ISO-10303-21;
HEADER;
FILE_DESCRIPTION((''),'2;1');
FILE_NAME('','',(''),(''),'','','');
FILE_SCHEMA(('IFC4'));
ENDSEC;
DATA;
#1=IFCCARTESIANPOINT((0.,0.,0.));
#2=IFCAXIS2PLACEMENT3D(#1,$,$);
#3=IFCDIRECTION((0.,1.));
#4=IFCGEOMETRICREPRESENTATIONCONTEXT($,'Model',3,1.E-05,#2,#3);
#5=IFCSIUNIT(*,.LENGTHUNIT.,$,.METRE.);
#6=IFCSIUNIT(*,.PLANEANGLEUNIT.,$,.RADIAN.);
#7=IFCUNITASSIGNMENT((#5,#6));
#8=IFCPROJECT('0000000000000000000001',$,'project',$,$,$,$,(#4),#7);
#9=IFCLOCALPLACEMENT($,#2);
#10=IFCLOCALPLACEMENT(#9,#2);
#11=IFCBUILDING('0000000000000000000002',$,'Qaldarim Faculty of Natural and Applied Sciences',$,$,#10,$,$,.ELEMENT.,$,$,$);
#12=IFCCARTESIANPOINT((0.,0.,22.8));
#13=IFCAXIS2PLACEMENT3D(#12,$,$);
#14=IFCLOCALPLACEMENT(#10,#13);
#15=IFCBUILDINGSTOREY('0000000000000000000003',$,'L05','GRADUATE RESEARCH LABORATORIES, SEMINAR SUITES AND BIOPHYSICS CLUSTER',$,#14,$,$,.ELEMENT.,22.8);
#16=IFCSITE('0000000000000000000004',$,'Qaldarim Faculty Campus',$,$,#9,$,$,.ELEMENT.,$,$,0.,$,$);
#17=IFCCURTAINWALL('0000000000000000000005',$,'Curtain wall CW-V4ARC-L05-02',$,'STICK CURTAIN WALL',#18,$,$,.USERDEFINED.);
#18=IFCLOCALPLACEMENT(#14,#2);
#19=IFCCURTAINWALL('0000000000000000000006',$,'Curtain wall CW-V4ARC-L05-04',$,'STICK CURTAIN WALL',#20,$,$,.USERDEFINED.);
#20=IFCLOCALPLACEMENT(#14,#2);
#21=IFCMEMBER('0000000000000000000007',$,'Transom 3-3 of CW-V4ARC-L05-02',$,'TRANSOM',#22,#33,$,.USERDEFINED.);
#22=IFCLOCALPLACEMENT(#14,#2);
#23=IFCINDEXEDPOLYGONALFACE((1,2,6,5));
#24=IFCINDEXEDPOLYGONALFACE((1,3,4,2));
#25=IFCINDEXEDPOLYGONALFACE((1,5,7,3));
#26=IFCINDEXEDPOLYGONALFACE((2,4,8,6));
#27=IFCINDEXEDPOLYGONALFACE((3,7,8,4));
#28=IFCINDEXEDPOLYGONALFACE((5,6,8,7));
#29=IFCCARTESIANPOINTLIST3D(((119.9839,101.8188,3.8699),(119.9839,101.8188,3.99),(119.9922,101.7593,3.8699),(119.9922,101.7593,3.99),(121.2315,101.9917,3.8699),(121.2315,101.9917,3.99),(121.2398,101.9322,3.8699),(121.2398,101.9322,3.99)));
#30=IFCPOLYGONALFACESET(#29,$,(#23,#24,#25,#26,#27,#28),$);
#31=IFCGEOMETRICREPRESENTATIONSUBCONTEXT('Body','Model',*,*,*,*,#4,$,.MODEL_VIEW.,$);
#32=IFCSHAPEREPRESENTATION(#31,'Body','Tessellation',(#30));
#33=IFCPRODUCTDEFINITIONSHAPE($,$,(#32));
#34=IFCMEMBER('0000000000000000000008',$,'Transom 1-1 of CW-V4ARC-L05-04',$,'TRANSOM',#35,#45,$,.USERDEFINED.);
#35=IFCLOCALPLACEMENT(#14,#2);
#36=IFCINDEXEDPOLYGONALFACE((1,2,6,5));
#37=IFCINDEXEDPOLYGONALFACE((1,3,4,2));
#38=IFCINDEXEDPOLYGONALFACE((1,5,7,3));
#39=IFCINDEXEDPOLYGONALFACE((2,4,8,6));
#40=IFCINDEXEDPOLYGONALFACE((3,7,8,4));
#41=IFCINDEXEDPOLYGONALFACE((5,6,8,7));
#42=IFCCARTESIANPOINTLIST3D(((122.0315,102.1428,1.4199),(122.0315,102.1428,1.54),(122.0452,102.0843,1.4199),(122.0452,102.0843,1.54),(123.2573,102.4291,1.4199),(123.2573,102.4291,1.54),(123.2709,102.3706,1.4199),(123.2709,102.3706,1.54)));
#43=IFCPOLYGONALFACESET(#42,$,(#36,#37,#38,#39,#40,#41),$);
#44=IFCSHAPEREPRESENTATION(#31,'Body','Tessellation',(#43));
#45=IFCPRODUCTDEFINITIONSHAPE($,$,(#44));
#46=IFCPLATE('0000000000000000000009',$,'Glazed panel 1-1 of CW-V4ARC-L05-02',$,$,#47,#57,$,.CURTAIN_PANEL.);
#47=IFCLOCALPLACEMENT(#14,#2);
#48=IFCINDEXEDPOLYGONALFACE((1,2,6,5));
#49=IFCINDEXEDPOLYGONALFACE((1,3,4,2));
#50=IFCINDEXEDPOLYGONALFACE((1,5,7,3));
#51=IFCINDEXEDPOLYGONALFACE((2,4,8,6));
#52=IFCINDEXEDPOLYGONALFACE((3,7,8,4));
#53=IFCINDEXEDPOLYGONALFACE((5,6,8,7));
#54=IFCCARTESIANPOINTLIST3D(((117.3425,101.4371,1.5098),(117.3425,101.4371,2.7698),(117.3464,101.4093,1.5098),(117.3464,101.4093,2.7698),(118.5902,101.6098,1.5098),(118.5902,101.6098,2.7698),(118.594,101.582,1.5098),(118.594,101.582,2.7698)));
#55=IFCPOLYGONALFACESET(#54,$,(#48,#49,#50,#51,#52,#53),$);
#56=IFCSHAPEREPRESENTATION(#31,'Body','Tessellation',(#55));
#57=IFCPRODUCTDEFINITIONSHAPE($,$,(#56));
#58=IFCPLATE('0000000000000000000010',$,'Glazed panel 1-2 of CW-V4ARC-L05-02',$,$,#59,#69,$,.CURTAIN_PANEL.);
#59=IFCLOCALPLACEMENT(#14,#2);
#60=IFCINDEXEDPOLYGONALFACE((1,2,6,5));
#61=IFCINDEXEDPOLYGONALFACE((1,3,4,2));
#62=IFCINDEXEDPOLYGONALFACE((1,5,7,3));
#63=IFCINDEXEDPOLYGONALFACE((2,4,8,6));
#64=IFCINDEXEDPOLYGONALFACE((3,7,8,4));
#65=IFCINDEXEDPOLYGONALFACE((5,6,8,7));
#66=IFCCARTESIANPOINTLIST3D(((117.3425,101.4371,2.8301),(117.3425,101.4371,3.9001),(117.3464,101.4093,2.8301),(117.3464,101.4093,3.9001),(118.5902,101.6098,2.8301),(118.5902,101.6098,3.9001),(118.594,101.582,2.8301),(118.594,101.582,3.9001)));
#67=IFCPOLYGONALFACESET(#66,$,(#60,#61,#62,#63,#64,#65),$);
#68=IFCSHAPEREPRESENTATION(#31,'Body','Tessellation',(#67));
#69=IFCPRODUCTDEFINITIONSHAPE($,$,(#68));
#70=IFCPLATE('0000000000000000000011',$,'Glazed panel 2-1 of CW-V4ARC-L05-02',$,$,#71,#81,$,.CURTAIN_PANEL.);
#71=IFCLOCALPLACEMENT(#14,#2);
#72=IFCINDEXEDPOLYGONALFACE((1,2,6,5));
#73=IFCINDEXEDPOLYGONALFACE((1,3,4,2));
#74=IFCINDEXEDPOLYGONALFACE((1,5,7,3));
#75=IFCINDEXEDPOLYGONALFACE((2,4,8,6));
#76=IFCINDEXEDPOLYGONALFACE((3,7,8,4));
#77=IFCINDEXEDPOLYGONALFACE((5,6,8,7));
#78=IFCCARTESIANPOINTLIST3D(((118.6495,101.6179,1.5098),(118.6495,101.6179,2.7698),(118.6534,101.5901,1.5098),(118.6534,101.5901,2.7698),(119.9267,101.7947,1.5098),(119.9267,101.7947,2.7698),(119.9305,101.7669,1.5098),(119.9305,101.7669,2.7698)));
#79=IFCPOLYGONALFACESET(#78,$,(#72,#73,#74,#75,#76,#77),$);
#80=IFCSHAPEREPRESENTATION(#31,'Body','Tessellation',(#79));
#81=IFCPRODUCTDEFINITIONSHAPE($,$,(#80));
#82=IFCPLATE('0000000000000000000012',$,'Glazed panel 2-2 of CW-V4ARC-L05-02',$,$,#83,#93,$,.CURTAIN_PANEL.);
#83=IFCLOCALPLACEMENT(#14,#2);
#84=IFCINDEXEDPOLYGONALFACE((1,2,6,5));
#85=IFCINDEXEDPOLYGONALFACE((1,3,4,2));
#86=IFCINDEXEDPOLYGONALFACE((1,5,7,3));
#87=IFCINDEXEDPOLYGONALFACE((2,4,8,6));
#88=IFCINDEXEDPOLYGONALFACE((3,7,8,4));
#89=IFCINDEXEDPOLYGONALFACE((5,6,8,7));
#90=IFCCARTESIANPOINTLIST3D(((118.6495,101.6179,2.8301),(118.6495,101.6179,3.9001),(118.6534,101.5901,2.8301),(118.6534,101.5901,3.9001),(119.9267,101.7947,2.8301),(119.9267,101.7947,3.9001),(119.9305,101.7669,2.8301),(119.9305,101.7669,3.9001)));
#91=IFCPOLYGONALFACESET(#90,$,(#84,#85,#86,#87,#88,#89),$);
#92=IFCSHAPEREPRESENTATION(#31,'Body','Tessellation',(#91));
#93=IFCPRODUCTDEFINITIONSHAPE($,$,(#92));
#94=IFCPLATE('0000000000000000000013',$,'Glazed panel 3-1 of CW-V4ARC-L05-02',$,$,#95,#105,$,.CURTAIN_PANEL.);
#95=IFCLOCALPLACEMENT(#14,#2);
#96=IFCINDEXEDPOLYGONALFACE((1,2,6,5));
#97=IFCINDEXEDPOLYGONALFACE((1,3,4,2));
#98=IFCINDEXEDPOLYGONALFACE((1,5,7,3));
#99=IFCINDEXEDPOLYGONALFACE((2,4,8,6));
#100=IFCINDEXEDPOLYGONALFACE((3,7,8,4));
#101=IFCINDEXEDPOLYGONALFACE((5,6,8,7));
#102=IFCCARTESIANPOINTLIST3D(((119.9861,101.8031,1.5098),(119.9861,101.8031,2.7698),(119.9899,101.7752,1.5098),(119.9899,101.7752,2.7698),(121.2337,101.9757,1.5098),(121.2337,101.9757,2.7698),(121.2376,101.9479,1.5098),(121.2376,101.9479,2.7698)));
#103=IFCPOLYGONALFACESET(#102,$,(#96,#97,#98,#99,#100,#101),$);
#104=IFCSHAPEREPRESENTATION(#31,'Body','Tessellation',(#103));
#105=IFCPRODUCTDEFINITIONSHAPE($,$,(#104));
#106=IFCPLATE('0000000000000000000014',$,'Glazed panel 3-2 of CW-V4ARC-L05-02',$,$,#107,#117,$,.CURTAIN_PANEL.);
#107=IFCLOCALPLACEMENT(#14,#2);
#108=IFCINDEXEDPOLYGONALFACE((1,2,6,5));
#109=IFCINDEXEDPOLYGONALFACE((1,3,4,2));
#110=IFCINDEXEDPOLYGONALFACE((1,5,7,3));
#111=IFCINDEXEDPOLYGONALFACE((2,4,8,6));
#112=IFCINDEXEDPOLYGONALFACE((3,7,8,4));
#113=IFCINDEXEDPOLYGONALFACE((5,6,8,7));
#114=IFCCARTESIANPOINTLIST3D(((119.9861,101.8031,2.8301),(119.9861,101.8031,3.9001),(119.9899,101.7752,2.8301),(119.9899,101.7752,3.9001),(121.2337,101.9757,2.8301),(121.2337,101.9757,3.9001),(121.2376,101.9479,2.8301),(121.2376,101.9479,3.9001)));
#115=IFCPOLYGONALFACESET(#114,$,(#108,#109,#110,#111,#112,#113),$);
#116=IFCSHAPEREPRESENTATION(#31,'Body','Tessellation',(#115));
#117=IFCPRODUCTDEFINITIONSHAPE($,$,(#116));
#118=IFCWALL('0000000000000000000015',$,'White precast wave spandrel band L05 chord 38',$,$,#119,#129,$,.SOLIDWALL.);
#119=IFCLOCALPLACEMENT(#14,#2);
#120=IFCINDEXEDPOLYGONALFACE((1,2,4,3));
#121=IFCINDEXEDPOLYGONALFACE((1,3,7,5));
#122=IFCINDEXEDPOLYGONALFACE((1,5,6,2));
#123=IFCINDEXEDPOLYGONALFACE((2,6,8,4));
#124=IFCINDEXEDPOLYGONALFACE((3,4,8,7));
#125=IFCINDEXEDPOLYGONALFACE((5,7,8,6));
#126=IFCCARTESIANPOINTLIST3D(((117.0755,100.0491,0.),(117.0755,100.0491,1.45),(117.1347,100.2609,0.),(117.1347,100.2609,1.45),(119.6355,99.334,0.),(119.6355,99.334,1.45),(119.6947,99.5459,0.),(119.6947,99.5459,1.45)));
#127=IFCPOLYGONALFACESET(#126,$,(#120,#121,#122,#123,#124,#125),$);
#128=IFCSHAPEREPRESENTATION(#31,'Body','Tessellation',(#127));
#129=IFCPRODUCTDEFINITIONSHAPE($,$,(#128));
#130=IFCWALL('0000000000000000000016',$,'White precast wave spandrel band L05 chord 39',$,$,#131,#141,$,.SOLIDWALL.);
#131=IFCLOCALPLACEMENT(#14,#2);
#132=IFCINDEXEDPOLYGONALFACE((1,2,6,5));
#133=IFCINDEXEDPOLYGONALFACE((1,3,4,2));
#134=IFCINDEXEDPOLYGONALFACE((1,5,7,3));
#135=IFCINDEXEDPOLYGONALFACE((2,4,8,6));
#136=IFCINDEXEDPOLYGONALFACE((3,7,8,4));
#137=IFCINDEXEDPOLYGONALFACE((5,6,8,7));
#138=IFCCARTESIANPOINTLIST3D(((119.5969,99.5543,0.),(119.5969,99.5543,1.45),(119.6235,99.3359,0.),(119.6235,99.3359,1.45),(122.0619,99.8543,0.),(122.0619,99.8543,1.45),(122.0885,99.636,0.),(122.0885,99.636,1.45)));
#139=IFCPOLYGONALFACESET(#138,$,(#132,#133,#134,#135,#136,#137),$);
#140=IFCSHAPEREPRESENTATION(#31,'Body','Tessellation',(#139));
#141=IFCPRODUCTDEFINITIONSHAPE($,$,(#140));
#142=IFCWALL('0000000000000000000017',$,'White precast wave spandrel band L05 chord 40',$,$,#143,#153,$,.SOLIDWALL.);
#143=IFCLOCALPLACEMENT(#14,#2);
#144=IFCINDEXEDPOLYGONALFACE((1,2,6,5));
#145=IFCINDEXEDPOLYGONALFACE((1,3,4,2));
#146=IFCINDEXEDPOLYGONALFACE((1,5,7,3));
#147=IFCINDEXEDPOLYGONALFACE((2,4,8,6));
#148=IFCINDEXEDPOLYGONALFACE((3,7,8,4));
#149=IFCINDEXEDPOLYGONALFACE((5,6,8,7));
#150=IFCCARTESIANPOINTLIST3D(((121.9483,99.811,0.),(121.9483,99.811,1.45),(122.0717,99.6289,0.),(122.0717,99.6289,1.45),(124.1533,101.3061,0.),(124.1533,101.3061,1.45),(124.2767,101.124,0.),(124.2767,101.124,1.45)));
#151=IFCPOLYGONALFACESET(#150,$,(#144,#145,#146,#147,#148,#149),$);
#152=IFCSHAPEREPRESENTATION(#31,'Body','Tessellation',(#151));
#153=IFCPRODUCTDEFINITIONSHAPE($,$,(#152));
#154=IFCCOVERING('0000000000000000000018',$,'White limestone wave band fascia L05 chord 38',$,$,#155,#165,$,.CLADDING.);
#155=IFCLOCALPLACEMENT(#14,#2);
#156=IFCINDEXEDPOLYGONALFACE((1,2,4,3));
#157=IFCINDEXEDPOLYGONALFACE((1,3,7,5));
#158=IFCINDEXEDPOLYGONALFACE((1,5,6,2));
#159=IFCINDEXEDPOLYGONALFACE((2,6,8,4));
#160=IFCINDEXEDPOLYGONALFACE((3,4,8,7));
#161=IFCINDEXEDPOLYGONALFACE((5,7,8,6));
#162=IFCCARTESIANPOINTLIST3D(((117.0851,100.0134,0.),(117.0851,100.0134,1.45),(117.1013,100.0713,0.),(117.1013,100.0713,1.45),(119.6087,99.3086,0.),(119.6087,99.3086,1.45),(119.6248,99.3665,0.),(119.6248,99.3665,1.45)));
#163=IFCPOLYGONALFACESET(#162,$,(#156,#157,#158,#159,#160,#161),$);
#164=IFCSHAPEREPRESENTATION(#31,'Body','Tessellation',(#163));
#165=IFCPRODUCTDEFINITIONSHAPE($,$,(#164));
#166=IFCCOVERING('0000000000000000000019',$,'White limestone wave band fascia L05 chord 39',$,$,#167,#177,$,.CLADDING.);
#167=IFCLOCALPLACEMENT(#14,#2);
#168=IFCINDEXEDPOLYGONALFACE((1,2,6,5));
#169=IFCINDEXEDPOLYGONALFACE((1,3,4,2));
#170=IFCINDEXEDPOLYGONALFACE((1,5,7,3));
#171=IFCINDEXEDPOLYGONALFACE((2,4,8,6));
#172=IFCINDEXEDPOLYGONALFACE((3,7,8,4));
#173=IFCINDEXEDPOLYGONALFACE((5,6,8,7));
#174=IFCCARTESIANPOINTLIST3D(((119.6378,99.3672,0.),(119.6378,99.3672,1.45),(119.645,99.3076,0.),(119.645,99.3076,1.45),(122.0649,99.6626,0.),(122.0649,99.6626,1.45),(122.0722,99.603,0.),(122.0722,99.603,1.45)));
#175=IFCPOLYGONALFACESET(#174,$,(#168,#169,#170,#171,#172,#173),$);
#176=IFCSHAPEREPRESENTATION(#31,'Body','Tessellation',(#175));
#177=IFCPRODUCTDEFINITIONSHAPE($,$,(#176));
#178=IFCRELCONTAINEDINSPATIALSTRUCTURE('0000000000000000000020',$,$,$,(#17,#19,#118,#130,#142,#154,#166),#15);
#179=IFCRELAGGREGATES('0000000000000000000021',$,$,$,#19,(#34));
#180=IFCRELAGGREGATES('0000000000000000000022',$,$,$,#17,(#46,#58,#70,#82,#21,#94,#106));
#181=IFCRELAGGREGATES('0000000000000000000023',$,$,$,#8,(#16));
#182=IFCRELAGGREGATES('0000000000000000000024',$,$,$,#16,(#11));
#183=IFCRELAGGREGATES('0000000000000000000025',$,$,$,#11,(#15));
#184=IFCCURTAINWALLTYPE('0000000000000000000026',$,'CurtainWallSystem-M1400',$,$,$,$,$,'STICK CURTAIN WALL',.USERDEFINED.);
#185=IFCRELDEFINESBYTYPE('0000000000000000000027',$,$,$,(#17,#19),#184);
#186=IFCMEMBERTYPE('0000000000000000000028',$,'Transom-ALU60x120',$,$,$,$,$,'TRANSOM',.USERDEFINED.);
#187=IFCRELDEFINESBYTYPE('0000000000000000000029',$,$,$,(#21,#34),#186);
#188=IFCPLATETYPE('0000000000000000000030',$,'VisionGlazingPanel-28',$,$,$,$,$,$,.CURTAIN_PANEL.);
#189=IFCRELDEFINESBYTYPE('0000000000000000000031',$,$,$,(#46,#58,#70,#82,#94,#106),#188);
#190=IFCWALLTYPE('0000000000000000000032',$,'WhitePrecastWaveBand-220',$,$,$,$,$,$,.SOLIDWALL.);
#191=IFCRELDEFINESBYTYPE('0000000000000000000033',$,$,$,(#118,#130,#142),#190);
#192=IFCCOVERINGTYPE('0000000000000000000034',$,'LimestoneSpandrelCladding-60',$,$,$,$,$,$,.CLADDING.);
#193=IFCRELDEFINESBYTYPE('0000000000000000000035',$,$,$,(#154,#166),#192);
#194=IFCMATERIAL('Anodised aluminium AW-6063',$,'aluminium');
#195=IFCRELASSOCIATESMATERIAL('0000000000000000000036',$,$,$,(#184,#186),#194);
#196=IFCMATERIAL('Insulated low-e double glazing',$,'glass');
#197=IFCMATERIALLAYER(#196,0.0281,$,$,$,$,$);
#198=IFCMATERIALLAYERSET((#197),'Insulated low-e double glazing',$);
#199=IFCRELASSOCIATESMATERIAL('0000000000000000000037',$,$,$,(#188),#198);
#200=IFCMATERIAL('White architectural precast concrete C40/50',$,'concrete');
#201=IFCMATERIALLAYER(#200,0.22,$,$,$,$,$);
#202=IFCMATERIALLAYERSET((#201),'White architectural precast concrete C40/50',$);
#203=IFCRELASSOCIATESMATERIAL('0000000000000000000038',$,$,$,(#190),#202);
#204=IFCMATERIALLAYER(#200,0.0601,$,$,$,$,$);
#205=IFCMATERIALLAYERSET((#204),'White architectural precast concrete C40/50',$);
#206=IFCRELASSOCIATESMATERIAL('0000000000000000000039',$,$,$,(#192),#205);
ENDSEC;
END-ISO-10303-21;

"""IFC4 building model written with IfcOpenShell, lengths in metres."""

from ifc_helpers import new_model, si_unit, direction, frame, frame_2d, origin, origin_2d, place, context, subcontext, project, spatial, rectangle, extrude, material, layer, layer_set, material_profile, profile_set, type_object, element, aggregate, save


model = new_model("IFC4")

# Units and contexts
model_context = context("Model", 3, precision=1e-05, world=origin(), true_north=direction((0.0, 1.0)))
body_context = subcontext(model_context, "Body", "Model", "MODEL_VIEW")
ifc_project = project(units=[si_unit("LENGTHUNIT", "METRE"), si_unit("PLANEANGLEUNIT", "RADIAN")], contexts=[model_context])

# Site, building, storey
site_placement = place(None, origin())
site = spatial("IfcSite", under=ifc_project, at=site_placement, Name="Qaldarim Faculty Campus", CompositionType="ELEMENT", RefElevation=0.0)
building_placement = place(site_placement, origin())
building = spatial("IfcBuilding", under=site, at=building_placement, Name="Qaldarim Faculty of Natural and Applied Sciences", CompositionType="ELEMENT")
storey_placement = place(building_placement, frame((0.0, 0.0, 22.8)))
storey = spatial("IfcBuildingStorey", under=building, at=storey_placement, Name="L05", Description="GRADUATE RESEARCH LABORATORIES, SEMINAR SUITES AND BIOPHYSICS CLUSTER", CompositionType="ELEMENT", Elevation=22.8)

# Shared definitions
ifc_material_1 = material(Name="Anodised aluminium AW-6063", Category="aluminium")
curtain_wall_type = type_object("IfcCurtainWallType", Name="CurtainWallSystem-M1400", ElementType="STICK CURTAIN WALL", PredefinedType="USERDEFINED", material=ifc_material_1)

# Curtain wall
curtain_wall_1_placement = place(storey_placement, origin())
curtain_wall_1 = element("IfcCurtainWall", 1, at=curtain_wall_1_placement, inside=storey, type_object=curtain_wall_type, Name="Curtain wall CW-V4ARC-L05-02", ObjectType="STICK CURTAIN WALL", PredefinedType="USERDEFINED")

# Curtain wall
curtain_wall_2_placement = place(storey_placement, origin())
curtain_wall_2 = element("IfcCurtainWall", 2, at=curtain_wall_2_placement, inside=storey, type_object=curtain_wall_type, Name="Curtain wall CW-V4ARC-L05-04", ObjectType="STICK CURTAIN WALL", PredefinedType="USERDEFINED")

# Members
ifc_material_profile_1 = material_profile(ifc_material_1, rectangle(XDim=0.0601, YDim=0.1201, at=origin_2d()), Name="ALU-T60x120")
ifc_profile_set_1 = profile_set([ifc_material_profile_1], Name="Anodised aluminium AW-6063")
member_type_1 = type_object("IfcMemberType", Name="Transom-ALU60x120", ElementType="TRANSOM", PredefinedType="USERDEFINED", material=ifc_profile_set_1)
member_1_placement = place(storey_placement, frame((119.988, 101.7891, 3.9299), z_axis=(0.990538, 0.137241, 0.0), x_axis=(-0.137241, 0.990538, 0.0)))
member_1 = element("IfcMember", 3, at=member_1_placement, type_object=member_type_1, Name="Transom 3-3 of CW-V4ARC-L05-02", ObjectType="TRANSOM", PredefinedType="USERDEFINED", context=body_context, shape_type="SweptSolid", body=[
    extrude(rectangle(XDim=0.0601, YDim=0.1201, at=origin_2d()), origin(), (0.0, 0.0, 1.0), 1.2595),
])
member_2_placement = place(storey_placement, frame((122.0383, 102.1135, 1.48), z_axis=(0.97378, 0.227493, 0.0), x_axis=(-0.227493, 0.97378, 0.0)))
member_2 = element("IfcMember", 4, at=member_2_placement, type_object=member_type_1, Name="Transom 1-1 of CW-V4ARC-L05-04", ObjectType="TRANSOM", PredefinedType="USERDEFINED", context=body_context, shape_type="SweptSolid", body=[
    extrude(rectangle(XDim=0.0601, YDim=0.1201, at=origin_2d()), origin(), (0.0, 0.0, 1.0), 1.2588),
])
aggregate(curtain_wall_2, [member_2])

# Plates
ifc_material_2 = material(Name="Insulated low-e double glazing", Category="glass")
ifc_layer_1 = layer(ifc_material_2, 0.0281)
ifc_layer_set_1 = layer_set([ifc_layer_1], Name="Insulated low-e double glazing")
plate_type = type_object("IfcPlateType", Name="VisionGlazingPanel-28", PredefinedType="CURTAIN_PANEL", material=ifc_layer_set_1)
plate_1_placement = place(storey_placement, frame((117.9683, 101.5095, 1.5098), z_axis=(0.0, 0.0, 1.0), x_axis=(0.990557, 0.137099, 0.0)))
plate_1 = element("IfcPlate", 5, at=plate_1_placement, type_object=plate_type, Name="Glazed panel 1-1 of CW-V4ARC-L05-02", PredefinedType="CURTAIN_PANEL", context=body_context, shape_type="SweptSolid", body=[
    extrude(rectangle(XDim=1.2595, YDim=0.0281, at=origin_2d()), origin(), (0.0, 0.0, 1.0), 1.26),
])
plate_2_placement = place(storey_placement, frame((117.9683, 101.5095, 2.8301), z_axis=(0.0, 0.0, 1.0), x_axis=(0.990557, 0.137099, 0.0)))
plate_2 = element("IfcPlate", 6, at=plate_2_placement, type_object=plate_type, Name="Glazed panel 1-2 of CW-V4ARC-L05-02", PredefinedType="CURTAIN_PANEL", context=body_context, shape_type="SweptSolid", body=[
    extrude(rectangle(XDim=1.2595, YDim=0.0281, at=origin_2d()), origin(), (0.0, 0.0, 1.0), 1.0701),
])
plate_3_placement = place(storey_placement, frame((119.29, 101.6924, 1.5098), z_axis=(0.0, 0.0, 1.0), x_axis=(0.990557, 0.137099, 0.0)))
plate_3 = element("IfcPlate", 7, at=plate_3_placement, type_object=plate_type, Name="Glazed panel 2-1 of CW-V4ARC-L05-02", PredefinedType="CURTAIN_PANEL", context=body_context, shape_type="SweptSolid", body=[
    extrude(rectangle(XDim=1.2893, YDim=0.0281, at=origin_2d()), origin(), (0.0, 0.0, 1.0), 1.26),
])
plate_4_placement = place(storey_placement, frame((119.29, 101.6924, 2.8301), z_axis=(0.0, 0.0, 1.0), x_axis=(0.990557, 0.137099, 0.0)))
plate_4 = element("IfcPlate", 8, at=plate_4_placement, type_object=plate_type, Name="Glazed panel 2-2 of CW-V4ARC-L05-02", PredefinedType="CURTAIN_PANEL", context=body_context, shape_type="SweptSolid", body=[
    extrude(rectangle(XDim=1.2893, YDim=0.0281, at=origin_2d()), origin(), (0.0, 0.0, 1.0), 1.0701),
])
plate_5_placement = place(storey_placement, frame((120.6118, 101.8755, 1.5098), z_axis=(0.0, 0.0, 1.0), x_axis=(0.990557, 0.137099, 0.0)))
plate_5 = element("IfcPlate", 9, at=plate_5_placement, type_object=plate_type, Name="Glazed panel 3-1 of CW-V4ARC-L05-02", PredefinedType="CURTAIN_PANEL", context=body_context, shape_type="SweptSolid", body=[
    extrude(rectangle(XDim=1.2595, YDim=0.0281, at=origin_2d()), origin(), (0.0, 0.0, 1.0), 1.26),
])
plate_6_placement = place(storey_placement, frame((120.6118, 101.8755, 2.8301), z_axis=(0.0, 0.0, 1.0), x_axis=(0.990557, 0.137099, 0.0)))
plate_6 = element("IfcPlate", 10, at=plate_6_placement, type_object=plate_type, Name="Glazed panel 3-2 of CW-V4ARC-L05-02", PredefinedType="CURTAIN_PANEL", context=body_context, shape_type="SweptSolid", body=[
    extrude(rectangle(XDim=1.2595, YDim=0.0281, at=origin_2d()), origin(), (0.0, 0.0, 1.0), 1.0701),
])
aggregate(curtain_wall_1, [plate_1, plate_2, plate_3, plate_4, member_1, plate_5, plate_6])

# Walls
ifc_material_3 = material(Name="White architectural precast concrete C40/50", Category="concrete")
ifc_layer_2 = layer(ifc_material_3, 0.22)
ifc_layer_set_2 = layer_set([ifc_layer_2], Name="White architectural precast concrete C40/50")
wall_type = type_object("IfcWallType", Name="WhitePrecastWaveBand-220", PredefinedType="SOLIDWALL", material=ifc_layer_set_2)
wall_1_placement = place(storey_placement, frame((117.105, 100.155, 0.0), z_axis=(0.0, 0.0, 1.0), x_axis=(0.963133, -0.269027, 0.0)))
element("IfcWall", 11, at=wall_1_placement, inside=storey, type_object=wall_type, Name="White precast wave spandrel band L05 chord 38", PredefinedType="SOLIDWALL", context=body_context, shape_type="SweptSolid", body=[
    extrude(rectangle(XDim=2.658, YDim=0.22, at=frame_2d((1.3291, 0.0))), origin(), (0.0, 0.0, 1.0), 1.45),
])
wall_2_placement = place(storey_placement, frame((119.6101, 99.4451, 0.0), z_axis=(0.0, 0.0, 1.0), x_axis=(0.992672, 0.120839, 0.0)))
element("IfcWall", 12, at=wall_2_placement, inside=storey, type_object=wall_type, Name="White precast wave spandrel band L05 chord 39", PredefinedType="SOLIDWALL", context=body_context, shape_type="SweptSolid", body=[
    extrude(rectangle(XDim=2.4832, YDim=0.22, at=frame_2d((1.2417, 0.0))), origin(), (0.0, 0.0, 1.0), 1.45),
])
wall_3_placement = place(storey_placement, frame((122.01, 99.72, 0.0), z_axis=(0.0, 0.0, 1.0), x_axis=(0.827683, 0.561197, 0.0)))
element("IfcWall", 13, at=wall_3_placement, inside=storey, type_object=wall_type, Name="White precast wave spandrel band L05 chord 40", PredefinedType="SOLIDWALL", context=body_context, shape_type="SweptSolid", body=[
    extrude(rectangle(XDim=2.6641, YDim=0.22, at=frame_2d((1.332, 0.0))), origin(), (0.0, 0.0, 1.0), 1.45),
])

# Coverings
ifc_layer_3 = layer(ifc_material_3, 0.0601)
ifc_layer_set_3 = layer_set([ifc_layer_3], Name="White architectural precast concrete C40/50")
covering_type = type_object("IfcCoveringType", Name="LimestoneSpandrelCladding-60", PredefinedType="CLADDING", material=ifc_layer_set_3)
covering_1_placement = place(storey_placement, frame((118.355, 99.6899, 0.0), z_axis=(0.0, 0.0, 1.0), x_axis=(0.963139, -0.269004, 0.0)))
element("IfcCovering", 14, at=covering_1_placement, inside=storey, type_object=covering_type, Name="White limestone wave band fascia L05 chord 38", PredefinedType="CLADDING", context=body_context, shape_type="SweptSolid", body=[
    extrude(rectangle(XDim=2.6201, YDim=0.0601, at=origin_2d()), origin(), (0.0, 0.0, 1.0), 1.45),
])
covering_2_placement = place(storey_placement, frame((120.855, 99.4851, 0.0), z_axis=(0.0, 0.0, 1.0), x_axis=(0.992675, 0.120813, 0.0)))
element("IfcCovering", 15, at=covering_2_placement, inside=storey, type_object=covering_type, Name="White limestone wave band fascia L05 chord 39", PredefinedType="CLADDING", context=body_context, shape_type="SweptSolid", body=[
    extrude(rectangle(XDim=2.4451, YDim=0.0601, at=origin_2d()), origin(), (0.0, 0.0, 1.0), 1.45),
])

save(model, "model.ifc")
